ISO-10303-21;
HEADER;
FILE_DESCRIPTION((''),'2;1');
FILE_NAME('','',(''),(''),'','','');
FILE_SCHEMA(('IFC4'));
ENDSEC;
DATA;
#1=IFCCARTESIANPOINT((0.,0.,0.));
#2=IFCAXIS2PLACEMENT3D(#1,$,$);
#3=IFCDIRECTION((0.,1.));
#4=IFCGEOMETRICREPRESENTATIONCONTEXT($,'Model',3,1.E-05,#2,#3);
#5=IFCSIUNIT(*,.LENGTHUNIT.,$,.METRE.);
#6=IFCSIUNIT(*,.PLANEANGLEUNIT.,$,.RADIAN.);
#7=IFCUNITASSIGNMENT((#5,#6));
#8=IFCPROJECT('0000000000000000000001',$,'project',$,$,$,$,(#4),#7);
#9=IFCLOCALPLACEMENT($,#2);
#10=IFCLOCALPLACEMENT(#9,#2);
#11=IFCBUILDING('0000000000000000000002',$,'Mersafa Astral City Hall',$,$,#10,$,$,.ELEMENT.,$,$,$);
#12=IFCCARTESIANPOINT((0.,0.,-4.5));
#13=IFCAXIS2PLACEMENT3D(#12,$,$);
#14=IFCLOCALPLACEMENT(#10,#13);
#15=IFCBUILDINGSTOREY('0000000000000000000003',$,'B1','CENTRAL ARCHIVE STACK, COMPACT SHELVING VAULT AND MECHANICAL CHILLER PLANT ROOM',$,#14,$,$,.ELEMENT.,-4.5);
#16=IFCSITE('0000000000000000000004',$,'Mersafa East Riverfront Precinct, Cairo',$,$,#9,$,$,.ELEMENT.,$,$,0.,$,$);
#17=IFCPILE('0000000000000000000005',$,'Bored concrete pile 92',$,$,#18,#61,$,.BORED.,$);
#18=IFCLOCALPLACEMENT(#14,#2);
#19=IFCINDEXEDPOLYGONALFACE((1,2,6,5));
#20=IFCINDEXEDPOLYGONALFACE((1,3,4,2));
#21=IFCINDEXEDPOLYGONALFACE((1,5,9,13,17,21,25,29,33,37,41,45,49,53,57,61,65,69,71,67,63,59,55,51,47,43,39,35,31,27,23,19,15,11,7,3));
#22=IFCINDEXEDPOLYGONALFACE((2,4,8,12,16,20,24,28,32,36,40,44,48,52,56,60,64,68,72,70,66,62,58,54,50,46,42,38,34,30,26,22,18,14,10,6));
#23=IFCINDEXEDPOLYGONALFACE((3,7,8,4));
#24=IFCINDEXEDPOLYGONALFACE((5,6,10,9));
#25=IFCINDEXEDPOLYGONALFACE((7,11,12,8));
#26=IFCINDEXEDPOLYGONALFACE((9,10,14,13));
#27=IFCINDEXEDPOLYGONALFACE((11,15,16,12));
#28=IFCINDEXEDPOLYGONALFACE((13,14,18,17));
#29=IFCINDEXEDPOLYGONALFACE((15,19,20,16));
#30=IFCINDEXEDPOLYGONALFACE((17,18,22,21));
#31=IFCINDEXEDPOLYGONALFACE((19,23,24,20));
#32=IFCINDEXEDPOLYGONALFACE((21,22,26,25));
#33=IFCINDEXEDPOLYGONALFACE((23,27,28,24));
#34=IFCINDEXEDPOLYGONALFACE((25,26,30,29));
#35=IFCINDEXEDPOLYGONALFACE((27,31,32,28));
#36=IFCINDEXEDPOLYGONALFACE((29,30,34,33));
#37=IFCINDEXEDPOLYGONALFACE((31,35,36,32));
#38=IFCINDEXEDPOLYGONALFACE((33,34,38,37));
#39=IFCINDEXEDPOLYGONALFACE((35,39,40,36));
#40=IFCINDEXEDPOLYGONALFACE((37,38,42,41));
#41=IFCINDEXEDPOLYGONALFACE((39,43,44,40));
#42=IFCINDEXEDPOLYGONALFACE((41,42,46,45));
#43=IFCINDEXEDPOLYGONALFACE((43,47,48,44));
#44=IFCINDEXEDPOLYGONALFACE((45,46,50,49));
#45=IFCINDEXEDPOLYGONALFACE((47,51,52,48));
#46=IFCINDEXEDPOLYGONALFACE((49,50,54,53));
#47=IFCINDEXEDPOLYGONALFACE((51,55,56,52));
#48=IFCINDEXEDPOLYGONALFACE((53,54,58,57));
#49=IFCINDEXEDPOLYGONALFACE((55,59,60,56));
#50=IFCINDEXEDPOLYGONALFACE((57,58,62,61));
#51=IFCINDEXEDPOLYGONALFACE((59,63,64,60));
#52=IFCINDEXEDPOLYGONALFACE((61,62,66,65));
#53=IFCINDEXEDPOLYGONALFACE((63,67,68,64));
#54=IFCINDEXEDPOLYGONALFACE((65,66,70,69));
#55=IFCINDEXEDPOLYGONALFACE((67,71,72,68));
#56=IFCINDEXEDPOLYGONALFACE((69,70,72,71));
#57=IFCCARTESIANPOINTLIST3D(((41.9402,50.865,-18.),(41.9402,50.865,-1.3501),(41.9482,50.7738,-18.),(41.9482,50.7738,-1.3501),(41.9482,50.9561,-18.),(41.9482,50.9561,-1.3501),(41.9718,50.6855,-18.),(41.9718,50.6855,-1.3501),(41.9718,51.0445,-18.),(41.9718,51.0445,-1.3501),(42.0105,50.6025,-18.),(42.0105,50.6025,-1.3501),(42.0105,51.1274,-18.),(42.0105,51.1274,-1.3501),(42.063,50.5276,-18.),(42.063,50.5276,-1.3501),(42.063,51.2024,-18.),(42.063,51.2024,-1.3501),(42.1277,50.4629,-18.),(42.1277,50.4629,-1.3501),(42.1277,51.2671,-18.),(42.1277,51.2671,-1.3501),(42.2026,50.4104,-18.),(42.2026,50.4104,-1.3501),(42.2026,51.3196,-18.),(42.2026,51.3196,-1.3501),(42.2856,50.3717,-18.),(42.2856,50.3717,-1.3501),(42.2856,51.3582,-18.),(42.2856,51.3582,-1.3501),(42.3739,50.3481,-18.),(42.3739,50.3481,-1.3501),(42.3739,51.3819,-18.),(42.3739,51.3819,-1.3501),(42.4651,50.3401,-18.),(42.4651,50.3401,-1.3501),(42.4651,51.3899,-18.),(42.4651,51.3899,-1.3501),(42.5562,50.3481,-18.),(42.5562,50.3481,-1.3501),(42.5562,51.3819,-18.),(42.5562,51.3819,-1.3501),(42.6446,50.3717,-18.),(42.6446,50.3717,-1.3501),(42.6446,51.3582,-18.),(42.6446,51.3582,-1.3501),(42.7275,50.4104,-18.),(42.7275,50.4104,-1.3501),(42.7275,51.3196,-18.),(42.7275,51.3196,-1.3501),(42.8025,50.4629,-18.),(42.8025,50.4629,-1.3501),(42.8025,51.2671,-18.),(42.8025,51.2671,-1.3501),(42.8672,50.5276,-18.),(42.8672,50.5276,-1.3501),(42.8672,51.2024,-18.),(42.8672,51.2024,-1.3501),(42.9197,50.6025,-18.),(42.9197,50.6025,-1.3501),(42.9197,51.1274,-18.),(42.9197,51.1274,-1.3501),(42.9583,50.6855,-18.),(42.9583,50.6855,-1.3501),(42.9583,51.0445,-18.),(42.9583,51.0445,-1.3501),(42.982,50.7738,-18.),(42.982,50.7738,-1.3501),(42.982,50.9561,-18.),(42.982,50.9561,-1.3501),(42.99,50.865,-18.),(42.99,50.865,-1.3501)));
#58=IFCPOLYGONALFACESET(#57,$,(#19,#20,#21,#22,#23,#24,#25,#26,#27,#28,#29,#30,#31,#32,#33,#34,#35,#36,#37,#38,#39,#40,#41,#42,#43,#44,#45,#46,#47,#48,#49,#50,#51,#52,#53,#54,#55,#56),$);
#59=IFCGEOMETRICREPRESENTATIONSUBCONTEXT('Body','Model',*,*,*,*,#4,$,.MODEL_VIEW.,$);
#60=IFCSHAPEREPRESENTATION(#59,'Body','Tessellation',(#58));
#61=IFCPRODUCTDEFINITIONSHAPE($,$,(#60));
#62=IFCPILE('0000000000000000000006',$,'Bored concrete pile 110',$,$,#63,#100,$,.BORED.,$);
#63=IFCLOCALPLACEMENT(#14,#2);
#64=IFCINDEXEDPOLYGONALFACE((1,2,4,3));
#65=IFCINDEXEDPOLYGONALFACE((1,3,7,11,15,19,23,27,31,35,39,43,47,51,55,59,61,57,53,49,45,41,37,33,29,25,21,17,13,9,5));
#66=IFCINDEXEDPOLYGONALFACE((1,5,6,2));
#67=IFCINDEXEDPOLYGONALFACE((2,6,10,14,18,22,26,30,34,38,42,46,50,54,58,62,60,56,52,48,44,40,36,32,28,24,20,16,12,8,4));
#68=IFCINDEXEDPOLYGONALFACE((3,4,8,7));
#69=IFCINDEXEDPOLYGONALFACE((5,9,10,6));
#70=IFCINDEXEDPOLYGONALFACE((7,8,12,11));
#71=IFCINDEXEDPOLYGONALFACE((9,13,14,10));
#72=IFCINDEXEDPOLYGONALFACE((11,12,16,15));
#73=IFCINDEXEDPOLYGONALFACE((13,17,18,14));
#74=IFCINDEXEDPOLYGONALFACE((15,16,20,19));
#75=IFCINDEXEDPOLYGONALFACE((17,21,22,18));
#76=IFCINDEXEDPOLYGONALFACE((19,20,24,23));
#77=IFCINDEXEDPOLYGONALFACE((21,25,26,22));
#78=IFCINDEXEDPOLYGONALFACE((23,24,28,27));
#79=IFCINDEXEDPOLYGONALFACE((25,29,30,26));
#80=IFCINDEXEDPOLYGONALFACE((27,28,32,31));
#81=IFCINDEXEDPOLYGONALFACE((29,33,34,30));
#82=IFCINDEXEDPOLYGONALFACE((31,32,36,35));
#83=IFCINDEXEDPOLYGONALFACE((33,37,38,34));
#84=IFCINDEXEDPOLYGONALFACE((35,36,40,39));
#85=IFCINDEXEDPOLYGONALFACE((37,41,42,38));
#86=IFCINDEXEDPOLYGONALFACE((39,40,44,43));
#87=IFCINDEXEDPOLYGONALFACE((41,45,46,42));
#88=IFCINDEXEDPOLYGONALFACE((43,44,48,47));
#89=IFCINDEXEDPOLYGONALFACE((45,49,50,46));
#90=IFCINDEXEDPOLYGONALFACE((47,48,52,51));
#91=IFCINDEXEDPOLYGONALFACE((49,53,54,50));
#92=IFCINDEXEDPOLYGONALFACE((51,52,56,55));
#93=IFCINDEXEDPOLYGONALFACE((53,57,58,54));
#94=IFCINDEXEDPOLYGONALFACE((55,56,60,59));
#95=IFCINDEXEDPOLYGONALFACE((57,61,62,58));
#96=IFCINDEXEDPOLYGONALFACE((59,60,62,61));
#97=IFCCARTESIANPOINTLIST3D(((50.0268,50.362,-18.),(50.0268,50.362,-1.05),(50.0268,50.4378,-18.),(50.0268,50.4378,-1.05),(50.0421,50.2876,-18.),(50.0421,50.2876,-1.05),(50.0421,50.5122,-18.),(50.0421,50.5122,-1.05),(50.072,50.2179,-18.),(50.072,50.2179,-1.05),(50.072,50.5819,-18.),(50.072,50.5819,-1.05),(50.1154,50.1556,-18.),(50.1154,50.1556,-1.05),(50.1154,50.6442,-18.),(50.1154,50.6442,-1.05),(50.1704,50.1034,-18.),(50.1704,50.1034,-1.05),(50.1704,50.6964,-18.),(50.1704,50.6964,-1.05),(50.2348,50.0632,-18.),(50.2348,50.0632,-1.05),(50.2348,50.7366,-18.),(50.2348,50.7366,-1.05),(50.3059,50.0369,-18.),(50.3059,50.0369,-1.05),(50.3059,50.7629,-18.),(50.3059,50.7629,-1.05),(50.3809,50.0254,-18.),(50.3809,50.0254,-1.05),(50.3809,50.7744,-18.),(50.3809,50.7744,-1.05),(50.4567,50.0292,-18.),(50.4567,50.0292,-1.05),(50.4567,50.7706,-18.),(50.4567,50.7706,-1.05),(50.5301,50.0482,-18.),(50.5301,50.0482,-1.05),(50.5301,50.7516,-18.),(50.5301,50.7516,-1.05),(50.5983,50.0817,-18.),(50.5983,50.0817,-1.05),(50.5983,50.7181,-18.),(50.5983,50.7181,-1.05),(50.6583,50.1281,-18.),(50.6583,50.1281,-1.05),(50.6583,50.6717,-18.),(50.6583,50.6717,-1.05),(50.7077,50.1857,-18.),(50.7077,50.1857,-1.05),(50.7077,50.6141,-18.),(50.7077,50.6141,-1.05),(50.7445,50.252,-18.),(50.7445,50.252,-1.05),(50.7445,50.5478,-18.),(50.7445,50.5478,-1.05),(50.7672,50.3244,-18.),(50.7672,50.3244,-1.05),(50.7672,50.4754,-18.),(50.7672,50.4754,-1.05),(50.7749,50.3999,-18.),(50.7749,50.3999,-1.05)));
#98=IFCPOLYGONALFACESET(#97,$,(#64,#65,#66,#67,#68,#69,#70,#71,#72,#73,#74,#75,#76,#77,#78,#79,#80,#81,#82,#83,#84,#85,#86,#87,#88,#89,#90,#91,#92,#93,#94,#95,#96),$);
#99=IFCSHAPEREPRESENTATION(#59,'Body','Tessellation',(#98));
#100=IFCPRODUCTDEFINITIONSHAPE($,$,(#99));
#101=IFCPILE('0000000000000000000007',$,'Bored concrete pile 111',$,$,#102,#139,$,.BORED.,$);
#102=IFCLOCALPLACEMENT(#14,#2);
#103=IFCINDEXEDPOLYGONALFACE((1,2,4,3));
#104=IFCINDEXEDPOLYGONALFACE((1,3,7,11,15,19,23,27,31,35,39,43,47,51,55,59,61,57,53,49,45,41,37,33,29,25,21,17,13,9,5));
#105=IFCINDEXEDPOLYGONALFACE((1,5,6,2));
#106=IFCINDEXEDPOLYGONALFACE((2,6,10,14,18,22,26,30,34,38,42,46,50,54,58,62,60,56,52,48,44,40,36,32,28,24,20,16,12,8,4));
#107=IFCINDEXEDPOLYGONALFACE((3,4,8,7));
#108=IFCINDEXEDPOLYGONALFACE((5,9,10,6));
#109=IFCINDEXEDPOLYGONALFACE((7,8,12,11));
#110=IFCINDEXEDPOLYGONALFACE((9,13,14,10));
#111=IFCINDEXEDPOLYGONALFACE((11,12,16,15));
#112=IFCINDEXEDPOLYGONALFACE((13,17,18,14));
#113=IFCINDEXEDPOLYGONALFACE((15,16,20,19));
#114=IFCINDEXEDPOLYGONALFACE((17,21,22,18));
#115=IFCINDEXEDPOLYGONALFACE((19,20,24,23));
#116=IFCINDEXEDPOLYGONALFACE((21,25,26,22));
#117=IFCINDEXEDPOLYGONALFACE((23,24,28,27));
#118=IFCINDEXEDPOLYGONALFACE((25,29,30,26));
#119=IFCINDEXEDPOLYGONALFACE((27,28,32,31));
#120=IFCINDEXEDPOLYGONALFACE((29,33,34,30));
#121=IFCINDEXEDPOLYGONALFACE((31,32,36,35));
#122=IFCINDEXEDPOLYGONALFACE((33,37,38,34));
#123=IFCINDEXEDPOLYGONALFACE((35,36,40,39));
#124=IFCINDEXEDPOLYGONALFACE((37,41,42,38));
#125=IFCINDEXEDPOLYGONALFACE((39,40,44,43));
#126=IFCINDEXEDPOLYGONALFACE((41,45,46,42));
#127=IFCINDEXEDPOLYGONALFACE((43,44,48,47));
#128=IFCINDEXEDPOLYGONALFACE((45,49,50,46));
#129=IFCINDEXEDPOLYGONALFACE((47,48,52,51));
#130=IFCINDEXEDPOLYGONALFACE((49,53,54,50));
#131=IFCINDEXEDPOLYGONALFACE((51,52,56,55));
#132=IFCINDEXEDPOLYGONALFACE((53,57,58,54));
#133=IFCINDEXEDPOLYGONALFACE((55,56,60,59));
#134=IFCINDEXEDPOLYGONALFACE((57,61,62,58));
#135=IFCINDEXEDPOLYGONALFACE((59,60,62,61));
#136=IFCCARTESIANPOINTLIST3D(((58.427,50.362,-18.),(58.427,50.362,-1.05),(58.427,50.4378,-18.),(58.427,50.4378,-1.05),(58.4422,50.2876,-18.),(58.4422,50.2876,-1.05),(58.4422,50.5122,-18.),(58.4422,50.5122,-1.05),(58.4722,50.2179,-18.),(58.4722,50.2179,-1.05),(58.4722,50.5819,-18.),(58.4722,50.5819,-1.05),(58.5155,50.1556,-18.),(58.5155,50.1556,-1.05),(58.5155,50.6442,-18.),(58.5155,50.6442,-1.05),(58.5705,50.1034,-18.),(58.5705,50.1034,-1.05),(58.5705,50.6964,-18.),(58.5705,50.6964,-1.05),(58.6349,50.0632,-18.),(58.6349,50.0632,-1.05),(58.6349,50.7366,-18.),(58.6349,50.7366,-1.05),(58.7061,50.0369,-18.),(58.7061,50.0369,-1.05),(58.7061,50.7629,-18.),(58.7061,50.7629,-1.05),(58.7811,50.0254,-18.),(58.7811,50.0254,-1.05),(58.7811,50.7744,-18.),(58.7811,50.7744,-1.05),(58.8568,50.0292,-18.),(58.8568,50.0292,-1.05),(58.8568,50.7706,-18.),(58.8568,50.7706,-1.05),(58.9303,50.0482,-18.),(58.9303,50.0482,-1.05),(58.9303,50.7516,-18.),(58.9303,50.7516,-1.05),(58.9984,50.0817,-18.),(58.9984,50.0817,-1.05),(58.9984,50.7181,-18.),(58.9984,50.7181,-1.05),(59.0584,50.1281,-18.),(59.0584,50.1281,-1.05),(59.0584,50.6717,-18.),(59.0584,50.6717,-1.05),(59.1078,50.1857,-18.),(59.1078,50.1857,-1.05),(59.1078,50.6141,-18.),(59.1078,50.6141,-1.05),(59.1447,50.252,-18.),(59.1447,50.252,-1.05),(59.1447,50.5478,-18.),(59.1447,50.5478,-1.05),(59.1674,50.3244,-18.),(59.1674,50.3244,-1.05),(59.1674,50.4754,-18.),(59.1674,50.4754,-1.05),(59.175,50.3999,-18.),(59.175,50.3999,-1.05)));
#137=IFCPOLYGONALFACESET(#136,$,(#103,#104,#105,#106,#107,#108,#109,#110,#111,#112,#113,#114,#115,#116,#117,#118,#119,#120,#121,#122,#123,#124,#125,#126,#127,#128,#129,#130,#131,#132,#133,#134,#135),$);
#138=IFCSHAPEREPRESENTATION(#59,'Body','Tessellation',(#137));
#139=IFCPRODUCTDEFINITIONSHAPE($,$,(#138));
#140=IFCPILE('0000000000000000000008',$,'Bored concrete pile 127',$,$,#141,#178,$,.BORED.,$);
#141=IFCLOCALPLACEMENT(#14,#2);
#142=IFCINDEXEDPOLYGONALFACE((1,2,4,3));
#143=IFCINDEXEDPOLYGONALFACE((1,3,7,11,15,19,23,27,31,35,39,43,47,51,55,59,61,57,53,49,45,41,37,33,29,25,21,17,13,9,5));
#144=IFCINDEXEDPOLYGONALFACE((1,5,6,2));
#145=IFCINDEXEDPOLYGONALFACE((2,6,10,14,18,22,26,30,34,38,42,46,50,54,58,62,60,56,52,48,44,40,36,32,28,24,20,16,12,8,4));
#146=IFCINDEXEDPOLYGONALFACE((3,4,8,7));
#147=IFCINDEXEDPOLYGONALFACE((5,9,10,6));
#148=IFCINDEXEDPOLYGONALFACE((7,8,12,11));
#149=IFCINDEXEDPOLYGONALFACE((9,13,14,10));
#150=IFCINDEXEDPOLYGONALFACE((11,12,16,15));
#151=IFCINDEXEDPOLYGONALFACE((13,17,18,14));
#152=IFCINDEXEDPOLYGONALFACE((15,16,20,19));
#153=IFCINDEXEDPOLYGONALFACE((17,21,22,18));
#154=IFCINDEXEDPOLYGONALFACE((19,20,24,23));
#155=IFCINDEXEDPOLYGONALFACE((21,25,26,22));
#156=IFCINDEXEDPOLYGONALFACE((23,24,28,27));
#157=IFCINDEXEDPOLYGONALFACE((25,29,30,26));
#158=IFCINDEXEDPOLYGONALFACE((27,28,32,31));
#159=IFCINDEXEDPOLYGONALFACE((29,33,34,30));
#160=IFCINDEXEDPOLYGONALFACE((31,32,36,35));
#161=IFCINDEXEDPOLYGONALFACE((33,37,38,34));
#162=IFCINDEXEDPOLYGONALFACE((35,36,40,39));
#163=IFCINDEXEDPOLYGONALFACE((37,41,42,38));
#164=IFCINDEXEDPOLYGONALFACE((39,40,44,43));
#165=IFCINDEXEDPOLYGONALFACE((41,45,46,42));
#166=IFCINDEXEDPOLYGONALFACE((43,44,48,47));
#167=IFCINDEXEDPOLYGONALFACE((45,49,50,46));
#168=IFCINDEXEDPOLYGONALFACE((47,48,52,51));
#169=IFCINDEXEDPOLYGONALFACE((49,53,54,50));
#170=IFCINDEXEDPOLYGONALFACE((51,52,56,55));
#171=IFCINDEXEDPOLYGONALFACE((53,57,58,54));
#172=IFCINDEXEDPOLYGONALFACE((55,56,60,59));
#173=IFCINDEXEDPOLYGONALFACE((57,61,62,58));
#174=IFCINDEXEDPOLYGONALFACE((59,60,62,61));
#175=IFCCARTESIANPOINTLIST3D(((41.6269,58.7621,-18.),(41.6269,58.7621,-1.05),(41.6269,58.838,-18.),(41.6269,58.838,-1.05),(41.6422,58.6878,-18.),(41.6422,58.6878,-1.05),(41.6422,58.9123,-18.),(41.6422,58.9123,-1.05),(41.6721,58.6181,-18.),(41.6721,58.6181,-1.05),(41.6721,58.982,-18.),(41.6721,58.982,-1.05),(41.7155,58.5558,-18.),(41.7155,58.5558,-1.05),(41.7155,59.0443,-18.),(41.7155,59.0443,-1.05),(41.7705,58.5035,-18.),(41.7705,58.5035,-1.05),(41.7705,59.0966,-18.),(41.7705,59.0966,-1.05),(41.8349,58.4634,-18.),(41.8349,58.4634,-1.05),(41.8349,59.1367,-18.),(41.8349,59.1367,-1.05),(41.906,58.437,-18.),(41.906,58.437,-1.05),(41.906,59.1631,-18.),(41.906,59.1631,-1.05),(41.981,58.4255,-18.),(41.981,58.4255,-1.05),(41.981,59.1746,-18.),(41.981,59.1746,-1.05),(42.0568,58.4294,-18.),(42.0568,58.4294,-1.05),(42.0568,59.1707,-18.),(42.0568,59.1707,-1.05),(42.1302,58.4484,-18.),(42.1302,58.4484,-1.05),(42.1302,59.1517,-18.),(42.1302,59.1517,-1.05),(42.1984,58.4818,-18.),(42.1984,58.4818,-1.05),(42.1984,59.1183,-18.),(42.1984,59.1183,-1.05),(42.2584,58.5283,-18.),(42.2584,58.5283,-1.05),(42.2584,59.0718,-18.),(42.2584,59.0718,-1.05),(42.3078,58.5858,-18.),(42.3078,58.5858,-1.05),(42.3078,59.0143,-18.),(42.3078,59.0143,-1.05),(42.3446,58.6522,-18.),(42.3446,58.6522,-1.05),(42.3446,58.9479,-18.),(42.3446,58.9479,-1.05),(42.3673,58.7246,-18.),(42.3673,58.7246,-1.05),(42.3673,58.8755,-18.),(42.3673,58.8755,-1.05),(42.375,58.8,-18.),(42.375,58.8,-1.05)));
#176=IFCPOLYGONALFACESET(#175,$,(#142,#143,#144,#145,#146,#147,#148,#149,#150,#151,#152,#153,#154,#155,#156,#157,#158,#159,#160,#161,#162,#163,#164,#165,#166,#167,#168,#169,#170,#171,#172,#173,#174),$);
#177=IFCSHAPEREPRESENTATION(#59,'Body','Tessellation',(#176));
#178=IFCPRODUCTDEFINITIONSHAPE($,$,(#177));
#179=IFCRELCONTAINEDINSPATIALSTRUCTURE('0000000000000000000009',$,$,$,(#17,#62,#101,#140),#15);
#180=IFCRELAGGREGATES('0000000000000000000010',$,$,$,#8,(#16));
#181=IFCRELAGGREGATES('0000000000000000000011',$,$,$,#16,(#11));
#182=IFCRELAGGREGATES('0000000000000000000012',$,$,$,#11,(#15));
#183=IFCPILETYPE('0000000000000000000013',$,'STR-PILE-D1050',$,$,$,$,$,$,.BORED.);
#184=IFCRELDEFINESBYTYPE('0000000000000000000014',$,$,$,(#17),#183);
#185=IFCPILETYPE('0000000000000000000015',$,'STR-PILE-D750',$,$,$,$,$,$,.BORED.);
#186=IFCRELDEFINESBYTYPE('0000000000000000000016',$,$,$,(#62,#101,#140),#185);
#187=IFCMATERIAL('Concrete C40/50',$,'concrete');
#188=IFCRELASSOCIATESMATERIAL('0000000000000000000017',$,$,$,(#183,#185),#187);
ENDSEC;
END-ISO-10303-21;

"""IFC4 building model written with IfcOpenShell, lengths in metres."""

from ifc_helpers import new_model, si_unit, direction, frame, origin, origin_2d, place, context, subcontext, project, spatial, circle, extrude, material, material_profile, profile_set, type_object, element, save


model = new_model("IFC4")

# Units and contexts
model_context = context("Model", 3, precision=1e-05, world=origin(), true_north=direction((0.0, 1.0)))
body_context = subcontext(model_context, "Body", "Model", "MODEL_VIEW")
ifc_project = project(units=[si_unit("LENGTHUNIT", "METRE"), si_unit("PLANEANGLEUNIT", "RADIAN")], contexts=[model_context])

# Site, building, storey
site_placement = place(None, origin())
site = spatial("IfcSite", under=ifc_project, at=site_placement, Name="Mersafa East Riverfront Precinct, Cairo", CompositionType="ELEMENT", RefElevation=0.0)
building_placement = place(site_placement, origin())
building = spatial("IfcBuilding", under=site, at=building_placement, Name="Mersafa Astral City Hall", CompositionType="ELEMENT")
storey_placement = place(building_placement, frame((0.0, 0.0, -4.5)))
storey = spatial("IfcBuildingStorey", under=building, at=storey_placement, Name="B1", Description="CENTRAL ARCHIVE STACK, COMPACT SHELVING VAULT AND MECHANICAL CHILLER PLANT ROOM", CompositionType="ELEMENT", Elevation=-4.5)

# Shared definitions
ifc_material = material(Name="Concrete C40/50", Category="concrete")

# Piles
ifc_material_profile_1 = material_profile(ifc_material, circle(Radius=0.5249, at=origin_2d()), Name="PILE D1050")
ifc_profile_set_1 = profile_set([ifc_material_profile_1], Name="Concrete C40/50")
pile_type_1 = type_object("IfcPileType", Name="STR-PILE-D1050", PredefinedType="BORED", material=ifc_profile_set_1)
for number, where, z_axis, x_axis, name in (
    (1, (42.4651, 50.865, -1.3501), (0.0, 0.0, -1.0), (1.0, 0.0, 0.0), "Bored concrete pile 92"),
):
    element("IfcPile", number, at=place(storey_placement, frame(where, z_axis=z_axis, x_axis=x_axis)), inside=storey, type_object=pile_type_1, Name=name, PredefinedType="BORED", context=body_context, shape_type="SweptSolid", body=[
        extrude(circle(Radius=0.5249, at=origin_2d()), origin(), (0.0, 0.0, 1.0), 16.6499),
    ])
ifc_material_profile_2 = material_profile(ifc_material, circle(Radius=0.375, at=origin_2d()), Name="PILE D750")
ifc_profile_set_2 = profile_set([ifc_material_profile_2], Name="Concrete C40/50")
pile_type_2 = type_object("IfcPileType", Name="STR-PILE-D750", PredefinedType="BORED", material=ifc_profile_set_2)
for number, where, z_axis, x_axis, name in (
    (2, (50.3999, 50.3999, -1.05), (0.0, 0.0, -1.0), (1.0, 0.0, 0.0), "Bored concrete pile 110"),
    (3, (58.8, 50.3999, -1.05), (0.0, 0.0, -1.0), (1.0, 0.0, 0.0), "Bored concrete pile 111"),
    (4, (42.0, 58.8, -1.05), (0.0, 0.0, -1.0), (1.0, 0.0, 0.0), "Bored concrete pile 127"),
):
    element("IfcPile", number, at=place(storey_placement, frame(where, z_axis=z_axis, x_axis=x_axis)), inside=storey, type_object=pile_type_2, Name=name, PredefinedType="BORED", context=body_context, shape_type="SweptSolid", body=[
        extrude(circle(Radius=0.375, at=origin_2d()), origin(), (0.0, 0.0, 1.0), 16.95),
    ])

save(model, "model.ifc")
